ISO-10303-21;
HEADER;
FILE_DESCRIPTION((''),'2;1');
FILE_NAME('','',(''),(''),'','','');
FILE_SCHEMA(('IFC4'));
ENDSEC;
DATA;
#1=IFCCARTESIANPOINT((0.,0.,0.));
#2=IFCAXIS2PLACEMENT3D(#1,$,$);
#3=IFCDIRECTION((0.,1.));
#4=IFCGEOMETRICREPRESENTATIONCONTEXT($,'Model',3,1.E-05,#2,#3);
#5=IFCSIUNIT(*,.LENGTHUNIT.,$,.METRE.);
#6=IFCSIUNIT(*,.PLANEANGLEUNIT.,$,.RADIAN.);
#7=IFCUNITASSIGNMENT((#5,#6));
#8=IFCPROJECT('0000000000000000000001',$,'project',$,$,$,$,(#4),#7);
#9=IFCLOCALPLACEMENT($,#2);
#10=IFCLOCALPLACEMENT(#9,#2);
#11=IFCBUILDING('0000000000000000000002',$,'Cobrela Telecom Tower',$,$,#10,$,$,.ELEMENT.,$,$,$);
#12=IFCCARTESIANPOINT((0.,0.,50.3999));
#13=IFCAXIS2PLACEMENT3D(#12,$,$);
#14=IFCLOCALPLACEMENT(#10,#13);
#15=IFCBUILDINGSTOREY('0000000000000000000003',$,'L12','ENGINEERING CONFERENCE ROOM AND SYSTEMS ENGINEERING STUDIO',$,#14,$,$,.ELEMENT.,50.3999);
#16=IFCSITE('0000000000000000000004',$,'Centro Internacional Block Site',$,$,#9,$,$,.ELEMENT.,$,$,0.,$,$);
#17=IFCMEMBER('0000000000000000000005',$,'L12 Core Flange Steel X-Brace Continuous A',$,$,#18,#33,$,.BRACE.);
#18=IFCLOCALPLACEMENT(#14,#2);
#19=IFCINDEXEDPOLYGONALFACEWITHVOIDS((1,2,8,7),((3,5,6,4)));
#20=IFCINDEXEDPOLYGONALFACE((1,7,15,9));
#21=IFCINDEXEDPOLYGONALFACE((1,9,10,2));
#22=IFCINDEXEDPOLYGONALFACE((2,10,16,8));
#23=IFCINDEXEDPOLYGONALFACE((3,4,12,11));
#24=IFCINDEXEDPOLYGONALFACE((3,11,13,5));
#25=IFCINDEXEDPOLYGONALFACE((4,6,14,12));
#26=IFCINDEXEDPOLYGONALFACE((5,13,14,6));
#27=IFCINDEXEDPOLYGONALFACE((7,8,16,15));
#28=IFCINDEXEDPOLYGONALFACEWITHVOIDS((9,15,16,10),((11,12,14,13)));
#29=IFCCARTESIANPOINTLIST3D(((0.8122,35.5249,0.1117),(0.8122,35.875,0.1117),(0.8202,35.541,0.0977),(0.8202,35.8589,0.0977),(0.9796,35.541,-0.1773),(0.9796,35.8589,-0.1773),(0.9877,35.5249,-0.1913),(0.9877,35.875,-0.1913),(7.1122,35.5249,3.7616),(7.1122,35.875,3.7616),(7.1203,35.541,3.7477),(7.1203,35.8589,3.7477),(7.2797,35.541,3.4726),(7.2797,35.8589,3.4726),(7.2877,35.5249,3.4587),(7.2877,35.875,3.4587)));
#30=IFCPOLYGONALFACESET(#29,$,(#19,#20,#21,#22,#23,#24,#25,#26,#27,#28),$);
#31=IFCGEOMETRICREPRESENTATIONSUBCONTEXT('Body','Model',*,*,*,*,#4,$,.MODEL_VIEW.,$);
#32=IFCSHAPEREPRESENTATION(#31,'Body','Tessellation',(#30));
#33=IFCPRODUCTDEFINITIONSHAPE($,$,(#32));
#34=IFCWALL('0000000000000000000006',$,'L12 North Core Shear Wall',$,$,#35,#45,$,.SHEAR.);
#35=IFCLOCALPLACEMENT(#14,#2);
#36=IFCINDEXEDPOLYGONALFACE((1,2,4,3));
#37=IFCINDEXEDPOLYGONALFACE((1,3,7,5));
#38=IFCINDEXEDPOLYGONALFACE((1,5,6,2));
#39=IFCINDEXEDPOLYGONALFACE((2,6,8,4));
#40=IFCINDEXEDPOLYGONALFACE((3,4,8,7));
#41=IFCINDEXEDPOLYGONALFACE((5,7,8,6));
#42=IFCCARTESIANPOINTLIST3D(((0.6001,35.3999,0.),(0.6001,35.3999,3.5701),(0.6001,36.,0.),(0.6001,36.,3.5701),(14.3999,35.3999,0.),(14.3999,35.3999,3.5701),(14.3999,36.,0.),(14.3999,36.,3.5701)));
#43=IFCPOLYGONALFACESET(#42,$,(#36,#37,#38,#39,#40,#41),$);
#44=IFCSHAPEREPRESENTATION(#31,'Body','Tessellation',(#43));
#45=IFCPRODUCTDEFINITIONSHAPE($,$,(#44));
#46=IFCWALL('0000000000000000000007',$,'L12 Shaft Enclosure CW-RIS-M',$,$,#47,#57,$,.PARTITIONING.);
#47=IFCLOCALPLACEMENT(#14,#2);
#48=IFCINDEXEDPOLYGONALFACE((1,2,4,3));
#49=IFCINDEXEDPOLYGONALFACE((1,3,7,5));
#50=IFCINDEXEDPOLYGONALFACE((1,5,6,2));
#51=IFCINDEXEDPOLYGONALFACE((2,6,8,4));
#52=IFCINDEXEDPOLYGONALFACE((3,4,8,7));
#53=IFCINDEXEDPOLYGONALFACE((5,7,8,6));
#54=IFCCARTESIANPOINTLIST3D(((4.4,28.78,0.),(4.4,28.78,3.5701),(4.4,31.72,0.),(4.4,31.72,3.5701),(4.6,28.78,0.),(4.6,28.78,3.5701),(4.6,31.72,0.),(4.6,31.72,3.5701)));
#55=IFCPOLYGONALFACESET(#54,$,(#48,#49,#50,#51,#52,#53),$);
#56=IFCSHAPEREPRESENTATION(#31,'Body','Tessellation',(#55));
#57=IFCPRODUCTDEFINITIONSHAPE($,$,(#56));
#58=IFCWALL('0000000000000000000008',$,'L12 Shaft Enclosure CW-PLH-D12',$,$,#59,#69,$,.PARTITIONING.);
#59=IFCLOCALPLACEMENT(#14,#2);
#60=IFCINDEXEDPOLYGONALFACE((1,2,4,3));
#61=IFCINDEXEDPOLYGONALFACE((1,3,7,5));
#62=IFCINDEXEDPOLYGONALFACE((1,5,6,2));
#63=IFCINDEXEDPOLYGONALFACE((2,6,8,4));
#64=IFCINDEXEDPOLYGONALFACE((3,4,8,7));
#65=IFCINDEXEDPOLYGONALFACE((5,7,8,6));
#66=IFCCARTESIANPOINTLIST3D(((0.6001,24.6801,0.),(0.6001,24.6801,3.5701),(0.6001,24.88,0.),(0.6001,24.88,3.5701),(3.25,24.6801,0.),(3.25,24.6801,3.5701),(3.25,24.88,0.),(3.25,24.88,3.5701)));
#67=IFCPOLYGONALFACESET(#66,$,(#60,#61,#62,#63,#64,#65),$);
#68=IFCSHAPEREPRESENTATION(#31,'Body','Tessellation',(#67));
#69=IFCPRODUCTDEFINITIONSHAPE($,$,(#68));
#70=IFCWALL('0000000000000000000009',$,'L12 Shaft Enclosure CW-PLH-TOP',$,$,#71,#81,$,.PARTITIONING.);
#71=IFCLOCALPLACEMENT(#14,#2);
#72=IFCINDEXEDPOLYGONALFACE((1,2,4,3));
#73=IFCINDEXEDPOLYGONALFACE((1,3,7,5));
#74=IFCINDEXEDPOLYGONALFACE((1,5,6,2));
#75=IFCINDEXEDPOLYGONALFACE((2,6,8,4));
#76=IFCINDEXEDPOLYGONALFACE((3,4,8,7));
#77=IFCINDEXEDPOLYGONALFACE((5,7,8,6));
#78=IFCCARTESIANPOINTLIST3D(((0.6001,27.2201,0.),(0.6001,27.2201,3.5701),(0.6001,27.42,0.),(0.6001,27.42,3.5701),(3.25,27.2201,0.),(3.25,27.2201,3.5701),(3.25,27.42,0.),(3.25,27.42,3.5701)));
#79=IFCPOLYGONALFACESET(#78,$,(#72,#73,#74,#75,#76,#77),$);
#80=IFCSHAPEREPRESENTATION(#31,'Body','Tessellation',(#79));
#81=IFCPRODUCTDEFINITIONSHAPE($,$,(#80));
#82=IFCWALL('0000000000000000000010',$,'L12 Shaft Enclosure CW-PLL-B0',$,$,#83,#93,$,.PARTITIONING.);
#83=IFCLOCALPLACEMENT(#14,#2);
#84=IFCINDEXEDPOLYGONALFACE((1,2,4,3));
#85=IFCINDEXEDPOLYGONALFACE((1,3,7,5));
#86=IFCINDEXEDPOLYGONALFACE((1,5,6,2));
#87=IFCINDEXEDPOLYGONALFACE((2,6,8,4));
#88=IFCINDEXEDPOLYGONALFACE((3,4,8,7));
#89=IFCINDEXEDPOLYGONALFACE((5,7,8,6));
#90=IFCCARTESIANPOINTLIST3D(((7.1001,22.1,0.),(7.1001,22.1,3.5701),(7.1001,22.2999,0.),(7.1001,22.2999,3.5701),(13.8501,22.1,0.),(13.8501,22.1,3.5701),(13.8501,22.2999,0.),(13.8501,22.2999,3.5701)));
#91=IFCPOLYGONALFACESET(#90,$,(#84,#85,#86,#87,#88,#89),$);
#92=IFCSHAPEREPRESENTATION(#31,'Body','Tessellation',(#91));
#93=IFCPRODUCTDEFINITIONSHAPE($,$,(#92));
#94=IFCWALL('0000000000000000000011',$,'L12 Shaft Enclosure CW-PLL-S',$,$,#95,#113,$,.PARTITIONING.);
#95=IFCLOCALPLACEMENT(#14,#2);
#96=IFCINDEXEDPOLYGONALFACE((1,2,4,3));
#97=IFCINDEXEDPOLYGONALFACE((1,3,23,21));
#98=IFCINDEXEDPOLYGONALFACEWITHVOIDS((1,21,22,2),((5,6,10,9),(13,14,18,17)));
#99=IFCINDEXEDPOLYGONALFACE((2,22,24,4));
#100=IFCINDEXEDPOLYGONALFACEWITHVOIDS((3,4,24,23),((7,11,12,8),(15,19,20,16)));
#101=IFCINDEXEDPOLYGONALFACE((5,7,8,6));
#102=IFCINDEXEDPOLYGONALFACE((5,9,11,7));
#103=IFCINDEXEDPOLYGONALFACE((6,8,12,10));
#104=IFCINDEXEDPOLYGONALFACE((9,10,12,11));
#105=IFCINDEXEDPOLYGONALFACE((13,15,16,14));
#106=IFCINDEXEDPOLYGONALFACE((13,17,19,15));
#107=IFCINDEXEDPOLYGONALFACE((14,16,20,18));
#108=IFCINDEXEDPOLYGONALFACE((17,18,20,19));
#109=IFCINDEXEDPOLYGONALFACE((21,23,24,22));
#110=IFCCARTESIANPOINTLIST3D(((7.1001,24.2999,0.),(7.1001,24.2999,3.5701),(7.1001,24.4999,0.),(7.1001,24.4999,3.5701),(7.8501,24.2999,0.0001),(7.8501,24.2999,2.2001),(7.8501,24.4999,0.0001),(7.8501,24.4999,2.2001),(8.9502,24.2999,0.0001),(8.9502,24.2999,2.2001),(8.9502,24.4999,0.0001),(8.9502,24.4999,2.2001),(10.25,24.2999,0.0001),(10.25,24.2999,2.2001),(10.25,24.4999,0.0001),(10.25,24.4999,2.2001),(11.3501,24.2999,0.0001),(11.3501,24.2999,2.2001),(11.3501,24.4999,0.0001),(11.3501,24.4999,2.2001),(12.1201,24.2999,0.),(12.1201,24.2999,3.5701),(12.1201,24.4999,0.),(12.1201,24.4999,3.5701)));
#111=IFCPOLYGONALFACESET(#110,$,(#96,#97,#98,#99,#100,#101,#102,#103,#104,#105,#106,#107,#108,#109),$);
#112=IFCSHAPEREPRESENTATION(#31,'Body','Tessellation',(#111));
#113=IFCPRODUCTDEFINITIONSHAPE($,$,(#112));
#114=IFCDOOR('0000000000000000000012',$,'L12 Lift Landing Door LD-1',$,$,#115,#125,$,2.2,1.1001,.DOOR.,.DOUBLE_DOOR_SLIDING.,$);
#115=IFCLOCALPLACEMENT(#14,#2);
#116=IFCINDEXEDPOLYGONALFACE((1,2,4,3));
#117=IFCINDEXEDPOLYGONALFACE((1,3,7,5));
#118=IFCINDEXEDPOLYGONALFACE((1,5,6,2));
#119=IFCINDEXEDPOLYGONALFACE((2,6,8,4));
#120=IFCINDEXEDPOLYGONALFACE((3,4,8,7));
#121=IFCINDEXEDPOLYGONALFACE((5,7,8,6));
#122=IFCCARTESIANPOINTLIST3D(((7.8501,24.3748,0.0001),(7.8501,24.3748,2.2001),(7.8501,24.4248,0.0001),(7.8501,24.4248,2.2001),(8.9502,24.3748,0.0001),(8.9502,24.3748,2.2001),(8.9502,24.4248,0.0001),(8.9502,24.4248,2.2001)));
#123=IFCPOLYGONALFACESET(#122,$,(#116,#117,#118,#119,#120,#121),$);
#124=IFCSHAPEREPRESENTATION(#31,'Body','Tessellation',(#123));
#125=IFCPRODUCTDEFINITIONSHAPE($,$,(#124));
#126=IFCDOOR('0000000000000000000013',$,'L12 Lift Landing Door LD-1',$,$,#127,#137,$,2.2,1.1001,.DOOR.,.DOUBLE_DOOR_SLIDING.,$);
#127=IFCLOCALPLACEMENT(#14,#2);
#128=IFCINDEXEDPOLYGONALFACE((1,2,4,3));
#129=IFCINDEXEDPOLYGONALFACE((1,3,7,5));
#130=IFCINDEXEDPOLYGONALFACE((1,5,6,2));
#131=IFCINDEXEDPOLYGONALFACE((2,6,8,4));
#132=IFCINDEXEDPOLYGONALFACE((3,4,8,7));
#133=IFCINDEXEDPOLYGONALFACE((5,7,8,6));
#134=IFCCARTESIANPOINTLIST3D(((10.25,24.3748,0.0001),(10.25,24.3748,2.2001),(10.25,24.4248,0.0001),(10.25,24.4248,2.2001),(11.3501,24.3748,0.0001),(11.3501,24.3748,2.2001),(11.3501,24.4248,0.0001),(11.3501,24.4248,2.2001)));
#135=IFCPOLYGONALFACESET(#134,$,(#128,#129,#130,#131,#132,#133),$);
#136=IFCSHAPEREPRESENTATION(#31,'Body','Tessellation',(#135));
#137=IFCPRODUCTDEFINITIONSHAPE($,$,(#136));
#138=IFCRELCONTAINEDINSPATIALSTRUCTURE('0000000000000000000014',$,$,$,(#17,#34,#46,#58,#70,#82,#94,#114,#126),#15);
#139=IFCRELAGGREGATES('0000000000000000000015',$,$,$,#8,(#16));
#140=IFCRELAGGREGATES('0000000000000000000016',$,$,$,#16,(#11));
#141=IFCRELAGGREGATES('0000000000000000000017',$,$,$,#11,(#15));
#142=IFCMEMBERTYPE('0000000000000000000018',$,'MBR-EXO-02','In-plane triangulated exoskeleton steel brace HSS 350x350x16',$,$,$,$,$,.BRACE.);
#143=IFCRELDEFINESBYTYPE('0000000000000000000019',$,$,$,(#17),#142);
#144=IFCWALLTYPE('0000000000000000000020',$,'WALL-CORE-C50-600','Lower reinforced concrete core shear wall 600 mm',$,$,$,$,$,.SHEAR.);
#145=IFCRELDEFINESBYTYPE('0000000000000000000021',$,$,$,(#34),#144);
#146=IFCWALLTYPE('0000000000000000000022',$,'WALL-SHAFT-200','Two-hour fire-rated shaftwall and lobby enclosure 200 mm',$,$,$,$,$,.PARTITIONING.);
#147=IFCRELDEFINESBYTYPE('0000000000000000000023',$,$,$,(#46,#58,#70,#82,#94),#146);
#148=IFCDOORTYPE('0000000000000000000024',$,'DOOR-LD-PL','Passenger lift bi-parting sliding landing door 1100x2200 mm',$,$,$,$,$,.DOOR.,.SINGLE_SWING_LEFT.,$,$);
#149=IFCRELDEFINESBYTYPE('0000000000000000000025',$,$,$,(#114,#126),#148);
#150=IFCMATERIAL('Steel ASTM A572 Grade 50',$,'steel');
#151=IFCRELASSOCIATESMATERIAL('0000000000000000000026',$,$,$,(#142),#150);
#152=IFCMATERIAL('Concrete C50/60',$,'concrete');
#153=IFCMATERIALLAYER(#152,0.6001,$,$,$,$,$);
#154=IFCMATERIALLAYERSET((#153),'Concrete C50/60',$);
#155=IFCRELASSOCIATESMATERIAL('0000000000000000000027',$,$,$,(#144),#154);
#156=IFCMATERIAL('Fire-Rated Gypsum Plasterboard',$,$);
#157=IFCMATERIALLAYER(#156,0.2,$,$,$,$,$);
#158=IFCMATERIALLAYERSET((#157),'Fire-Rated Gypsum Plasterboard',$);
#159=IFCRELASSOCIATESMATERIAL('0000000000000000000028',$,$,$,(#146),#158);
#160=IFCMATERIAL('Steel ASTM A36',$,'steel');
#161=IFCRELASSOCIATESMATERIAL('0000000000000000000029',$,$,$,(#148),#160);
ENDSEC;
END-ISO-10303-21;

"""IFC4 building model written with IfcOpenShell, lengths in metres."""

from ifc_helpers import new_model, si_unit, direction, frame, frame_2d, origin, origin_2d, place, context, subcontext, project, spatial, rectangle, hollow_rectangle, extrude, material, layer, layer_set, material_profile, profile_set, type_object, element, fill, save


model = new_model("IFC4")

# Units and contexts
model_context = context("Model", 3, precision=1e-05, world=origin(), true_north=direction((0.0, 1.0)))
body_context = subcontext(model_context, "Body", "Model", "MODEL_VIEW")
ifc_project = project(units=[si_unit("LENGTHUNIT", "METRE"), si_unit("PLANEANGLEUNIT", "RADIAN")], contexts=[model_context])

# Site, building, storey
site_placement = place(None, origin())
site = spatial("IfcSite", under=ifc_project, at=site_placement, Name="Centro Internacional Block Site", CompositionType="ELEMENT", RefElevation=0.0)
building_placement = place(site_placement, origin())
building = spatial("IfcBuilding", under=site, at=building_placement, Name="Cobrela Telecom Tower", CompositionType="ELEMENT")
storey_placement = place(building_placement, frame((0.0, 0.0, 50.3999)))
storey = spatial("IfcBuildingStorey", under=building, at=storey_placement, Name="L12", Description="ENGINEERING CONFERENCE ROOM AND SYSTEMS ENGINEERING STUDIO", CompositionType="ELEMENT", Elevation=50.3999)

# Member
ifc_material_1 = material(Name="Steel ASTM A572 Grade 50", Category="steel")
ifc_material_profile = material_profile(ifc_material_1, hollow_rectangle(XDim=0.3501, YDim=0.3501, WallThickness=0.0161, at=origin_2d()), Name="HSS 350x350x16")
ifc_profile_set = profile_set([ifc_material_profile], Name="Steel ASTM A572 Grade 50")
member_type = type_object("IfcMemberType", Name="MBR-EXO-02", Description="In-plane triangulated exoskeleton steel brace HSS 350x350x16", PredefinedType="BRACE", material=ifc_profile_set)
member_placement = place(storey_placement, frame((0.8999, 35.7, -0.0398), z_axis=(0.865277, 0.0, 0.501294), x_axis=(0.0, 1.0, 0.0)))
element("IfcMember", 1, at=member_placement, inside=storey, type_object=member_type, Name="L12 Core Flange Steel X-Brace Continuous A", PredefinedType="BRACE", context=body_context, shape_type="SweptSolid", body=[
    extrude(hollow_rectangle(XDim=0.3501, YDim=0.3501, WallThickness=0.0161, at=origin_2d()), origin(), (0.0, 0.0, 1.0), 7.281),
])

# Wall
ifc_material_2 = material(Name="Concrete C50/60", Category="concrete")
ifc_layer_1 = layer(ifc_material_2, 0.6001)
ifc_layer_set_1 = layer_set([ifc_layer_1], Name="Concrete C50/60")
wall_type_1 = type_object("IfcWallType", Name="WALL-CORE-C50-600", Description="Lower reinforced concrete core shear wall 600 mm", PredefinedType="SHEAR", material=ifc_layer_set_1)
wall_1_placement = place(storey_placement, frame((0.6001, 35.7, 0.0), z_axis=(0.0, 0.0, 1.0), x_axis=(1.0, 0.0, 0.0)))
element("IfcWall", 2, at=wall_1_placement, inside=storey, type_object=wall_type_1, Name="L12 North Core Shear Wall", PredefinedType="SHEAR", context=body_context, shape_type="SweptSolid", body=[
    extrude(rectangle(XDim=13.7998, YDim=0.6001, at=frame_2d((6.8999, 0.0))), origin(), (0.0, 0.0, 1.0), 3.5701),
])

# Shared definitions
ifc_material_3 = material(Name="Fire-Rated Gypsum Plasterboard")
ifc_layer_2 = layer(ifc_material_3, 0.2)
ifc_layer_set_2 = layer_set([ifc_layer_2], Name="Fire-Rated Gypsum Plasterboard")
wall_type_2 = type_object("IfcWallType", Name="WALL-SHAFT-200", Description="Two-hour fire-rated shaftwall and lobby enclosure 200 mm", PredefinedType="PARTITIONING", material=ifc_layer_set_2)
ifc_material_4 = material(Name="Steel ASTM A36", Category="steel")

# Walls
wall_2_placement = place(storey_placement, frame((4.5, 28.78, 0.0), z_axis=(0.0, 0.0, 1.0), x_axis=(0.0, 1.0, 0.0)))
element("IfcWall", 3, at=wall_2_placement, inside=storey, type_object=wall_type_2, Name="L12 Shaft Enclosure CW-RIS-M", PredefinedType="PARTITIONING", context=body_context, shape_type="SweptSolid", body=[
    extrude(rectangle(XDim=2.9399, YDim=0.2, at=frame_2d((1.47, 0.0))), origin(), (0.0, 0.0, 1.0), 3.5701),
])
for number, where, z_axis, x_axis, name in (
    (4, (0.6001, 24.78, 0.0), (0.0, 0.0, 1.0), (1.0, 0.0, 0.0), "L12 Shaft Enclosure CW-PLH-D12"),
    (5, (0.6001, 27.3201, 0.0), (0.0, 0.0, 1.0), (1.0, 0.0, 0.0), "L12 Shaft Enclosure CW-PLH-TOP"),
):
    element("IfcWall", number, at=place(storey_placement, frame(where, z_axis=z_axis, x_axis=x_axis)), inside=storey, type_object=wall_type_2, Name=name, PredefinedType="PARTITIONING", context=body_context, shape_type="SweptSolid", body=[
        extrude(rectangle(XDim=2.6499, YDim=0.2, at=frame_2d((1.325, 0.0))), origin(), (0.0, 0.0, 1.0), 3.5701),
    ])
wall_3_placement = place(storey_placement, frame((7.1001, 22.2, 0.0), z_axis=(0.0, 0.0, 1.0), x_axis=(1.0, 0.0, 0.0)))
element("IfcWall", 6, at=wall_3_placement, inside=storey, type_object=wall_type_2, Name="L12 Shaft Enclosure CW-PLL-B0", PredefinedType="PARTITIONING", context=body_context, shape_type="SweptSolid", body=[
    extrude(rectangle(XDim=6.75, YDim=0.2, at=frame_2d((3.375, 0.0))), origin(), (0.0, 0.0, 1.0), 3.5701),
])

# Wall, openings, doors
wall_4_placement = place(storey_placement, frame((7.1001, 24.3999, 0.0), z_axis=(0.0, 0.0, 1.0), x_axis=(1.0, 0.0, 0.0)))
wall_4 = element("IfcWall", 7, at=wall_4_placement, inside=storey, type_object=wall_type_2, Name="L12 Shaft Enclosure CW-PLL-S", PredefinedType="PARTITIONING", context=body_context, shape_type="SweptSolid", body=[
    extrude(rectangle(XDim=5.02, YDim=0.2, at=frame_2d((2.51, 0.0))), origin(), (0.0, 0.0, 1.0), 3.5701),
])
opening_1_placement = place(wall_4_placement, frame((0.75, 0.0, 0.0)))
opening_1 = element("IfcOpeningElement", 8, at=opening_1_placement, cuts=wall_4, PredefinedType="OPENING", context=body_context, shape_type="SweptSolid", body=[
    extrude(rectangle(XDim=1.1001, YDim=2.2, at=frame_2d((0.55, 1.1001))), frame((0.0, 0.1118, 0.0), z_axis=(0.0, -1.0, 0.0), x_axis=(1.0, 0.0, 0.0)), (0.0, 0.0, 1.0), 0.2239),
])
opening_2_placement = place(wall_4_placement, frame((3.1499, 0.0, 0.0)))
opening_2 = element("IfcOpeningElement", 9, at=opening_2_placement, cuts=wall_4, PredefinedType="OPENING", context=body_context, shape_type="SweptSolid", body=[
    extrude(rectangle(XDim=1.1001, YDim=2.2, at=frame_2d((0.55, 1.1001))), frame((0.0, 0.1118, 0.0), z_axis=(0.0, -1.0, 0.0), x_axis=(1.0, 0.0, 0.0)), (0.0, 0.0, 1.0), 0.2239),
])
door_type_1 = type_object("IfcDoorType", Name="DOOR-LD-PL", Description="Passenger lift bi-parting sliding landing door 1100x2200 mm", OperationType="SINGLE_SWING_LEFT", PredefinedType="DOOR", material=ifc_material_4)
door_1_placement = place(opening_1_placement, origin())
door_1 = element("IfcDoor", 10, at=door_1_placement, inside=storey, type_object=door_type_1, Name="L12 Lift Landing Door LD-1", OperationType="DOUBLE_DOOR_SLIDING", OverallHeight=2.2, OverallWidth=1.1001, PredefinedType="DOOR", context=body_context, shape_type="SweptSolid", body=[
    extrude(rectangle(XDim=1.1001, YDim=2.2, at=frame_2d((0.55, 1.1001))), frame((0.0, 0.0249, 0.0), z_axis=(0.0, -1.0, 0.0), x_axis=(1.0, 0.0, 0.0)), (0.0, 0.0, 1.0), 0.05),
])
fill(opening_1, door_1)
door_2_placement = place(opening_2_placement, origin())
door_2 = element("IfcDoor", 11, at=door_2_placement, inside=storey, type_object=door_type_1, Name="L12 Lift Landing Door LD-1", OperationType="DOUBLE_DOOR_SLIDING", OverallHeight=2.2, OverallWidth=1.1001, PredefinedType="DOOR", context=body_context, shape_type="SweptSolid", body=[
    extrude(rectangle(XDim=1.1001, YDim=2.2, at=frame_2d((0.55, 1.1001))), frame((0.0, 0.0249, 0.0), z_axis=(0.0, -1.0, 0.0), x_axis=(1.0, 0.0, 0.0)), (0.0, 0.0, 1.0), 0.05),
])
fill(opening_2, door_2)

save(model, "model.ifc")
